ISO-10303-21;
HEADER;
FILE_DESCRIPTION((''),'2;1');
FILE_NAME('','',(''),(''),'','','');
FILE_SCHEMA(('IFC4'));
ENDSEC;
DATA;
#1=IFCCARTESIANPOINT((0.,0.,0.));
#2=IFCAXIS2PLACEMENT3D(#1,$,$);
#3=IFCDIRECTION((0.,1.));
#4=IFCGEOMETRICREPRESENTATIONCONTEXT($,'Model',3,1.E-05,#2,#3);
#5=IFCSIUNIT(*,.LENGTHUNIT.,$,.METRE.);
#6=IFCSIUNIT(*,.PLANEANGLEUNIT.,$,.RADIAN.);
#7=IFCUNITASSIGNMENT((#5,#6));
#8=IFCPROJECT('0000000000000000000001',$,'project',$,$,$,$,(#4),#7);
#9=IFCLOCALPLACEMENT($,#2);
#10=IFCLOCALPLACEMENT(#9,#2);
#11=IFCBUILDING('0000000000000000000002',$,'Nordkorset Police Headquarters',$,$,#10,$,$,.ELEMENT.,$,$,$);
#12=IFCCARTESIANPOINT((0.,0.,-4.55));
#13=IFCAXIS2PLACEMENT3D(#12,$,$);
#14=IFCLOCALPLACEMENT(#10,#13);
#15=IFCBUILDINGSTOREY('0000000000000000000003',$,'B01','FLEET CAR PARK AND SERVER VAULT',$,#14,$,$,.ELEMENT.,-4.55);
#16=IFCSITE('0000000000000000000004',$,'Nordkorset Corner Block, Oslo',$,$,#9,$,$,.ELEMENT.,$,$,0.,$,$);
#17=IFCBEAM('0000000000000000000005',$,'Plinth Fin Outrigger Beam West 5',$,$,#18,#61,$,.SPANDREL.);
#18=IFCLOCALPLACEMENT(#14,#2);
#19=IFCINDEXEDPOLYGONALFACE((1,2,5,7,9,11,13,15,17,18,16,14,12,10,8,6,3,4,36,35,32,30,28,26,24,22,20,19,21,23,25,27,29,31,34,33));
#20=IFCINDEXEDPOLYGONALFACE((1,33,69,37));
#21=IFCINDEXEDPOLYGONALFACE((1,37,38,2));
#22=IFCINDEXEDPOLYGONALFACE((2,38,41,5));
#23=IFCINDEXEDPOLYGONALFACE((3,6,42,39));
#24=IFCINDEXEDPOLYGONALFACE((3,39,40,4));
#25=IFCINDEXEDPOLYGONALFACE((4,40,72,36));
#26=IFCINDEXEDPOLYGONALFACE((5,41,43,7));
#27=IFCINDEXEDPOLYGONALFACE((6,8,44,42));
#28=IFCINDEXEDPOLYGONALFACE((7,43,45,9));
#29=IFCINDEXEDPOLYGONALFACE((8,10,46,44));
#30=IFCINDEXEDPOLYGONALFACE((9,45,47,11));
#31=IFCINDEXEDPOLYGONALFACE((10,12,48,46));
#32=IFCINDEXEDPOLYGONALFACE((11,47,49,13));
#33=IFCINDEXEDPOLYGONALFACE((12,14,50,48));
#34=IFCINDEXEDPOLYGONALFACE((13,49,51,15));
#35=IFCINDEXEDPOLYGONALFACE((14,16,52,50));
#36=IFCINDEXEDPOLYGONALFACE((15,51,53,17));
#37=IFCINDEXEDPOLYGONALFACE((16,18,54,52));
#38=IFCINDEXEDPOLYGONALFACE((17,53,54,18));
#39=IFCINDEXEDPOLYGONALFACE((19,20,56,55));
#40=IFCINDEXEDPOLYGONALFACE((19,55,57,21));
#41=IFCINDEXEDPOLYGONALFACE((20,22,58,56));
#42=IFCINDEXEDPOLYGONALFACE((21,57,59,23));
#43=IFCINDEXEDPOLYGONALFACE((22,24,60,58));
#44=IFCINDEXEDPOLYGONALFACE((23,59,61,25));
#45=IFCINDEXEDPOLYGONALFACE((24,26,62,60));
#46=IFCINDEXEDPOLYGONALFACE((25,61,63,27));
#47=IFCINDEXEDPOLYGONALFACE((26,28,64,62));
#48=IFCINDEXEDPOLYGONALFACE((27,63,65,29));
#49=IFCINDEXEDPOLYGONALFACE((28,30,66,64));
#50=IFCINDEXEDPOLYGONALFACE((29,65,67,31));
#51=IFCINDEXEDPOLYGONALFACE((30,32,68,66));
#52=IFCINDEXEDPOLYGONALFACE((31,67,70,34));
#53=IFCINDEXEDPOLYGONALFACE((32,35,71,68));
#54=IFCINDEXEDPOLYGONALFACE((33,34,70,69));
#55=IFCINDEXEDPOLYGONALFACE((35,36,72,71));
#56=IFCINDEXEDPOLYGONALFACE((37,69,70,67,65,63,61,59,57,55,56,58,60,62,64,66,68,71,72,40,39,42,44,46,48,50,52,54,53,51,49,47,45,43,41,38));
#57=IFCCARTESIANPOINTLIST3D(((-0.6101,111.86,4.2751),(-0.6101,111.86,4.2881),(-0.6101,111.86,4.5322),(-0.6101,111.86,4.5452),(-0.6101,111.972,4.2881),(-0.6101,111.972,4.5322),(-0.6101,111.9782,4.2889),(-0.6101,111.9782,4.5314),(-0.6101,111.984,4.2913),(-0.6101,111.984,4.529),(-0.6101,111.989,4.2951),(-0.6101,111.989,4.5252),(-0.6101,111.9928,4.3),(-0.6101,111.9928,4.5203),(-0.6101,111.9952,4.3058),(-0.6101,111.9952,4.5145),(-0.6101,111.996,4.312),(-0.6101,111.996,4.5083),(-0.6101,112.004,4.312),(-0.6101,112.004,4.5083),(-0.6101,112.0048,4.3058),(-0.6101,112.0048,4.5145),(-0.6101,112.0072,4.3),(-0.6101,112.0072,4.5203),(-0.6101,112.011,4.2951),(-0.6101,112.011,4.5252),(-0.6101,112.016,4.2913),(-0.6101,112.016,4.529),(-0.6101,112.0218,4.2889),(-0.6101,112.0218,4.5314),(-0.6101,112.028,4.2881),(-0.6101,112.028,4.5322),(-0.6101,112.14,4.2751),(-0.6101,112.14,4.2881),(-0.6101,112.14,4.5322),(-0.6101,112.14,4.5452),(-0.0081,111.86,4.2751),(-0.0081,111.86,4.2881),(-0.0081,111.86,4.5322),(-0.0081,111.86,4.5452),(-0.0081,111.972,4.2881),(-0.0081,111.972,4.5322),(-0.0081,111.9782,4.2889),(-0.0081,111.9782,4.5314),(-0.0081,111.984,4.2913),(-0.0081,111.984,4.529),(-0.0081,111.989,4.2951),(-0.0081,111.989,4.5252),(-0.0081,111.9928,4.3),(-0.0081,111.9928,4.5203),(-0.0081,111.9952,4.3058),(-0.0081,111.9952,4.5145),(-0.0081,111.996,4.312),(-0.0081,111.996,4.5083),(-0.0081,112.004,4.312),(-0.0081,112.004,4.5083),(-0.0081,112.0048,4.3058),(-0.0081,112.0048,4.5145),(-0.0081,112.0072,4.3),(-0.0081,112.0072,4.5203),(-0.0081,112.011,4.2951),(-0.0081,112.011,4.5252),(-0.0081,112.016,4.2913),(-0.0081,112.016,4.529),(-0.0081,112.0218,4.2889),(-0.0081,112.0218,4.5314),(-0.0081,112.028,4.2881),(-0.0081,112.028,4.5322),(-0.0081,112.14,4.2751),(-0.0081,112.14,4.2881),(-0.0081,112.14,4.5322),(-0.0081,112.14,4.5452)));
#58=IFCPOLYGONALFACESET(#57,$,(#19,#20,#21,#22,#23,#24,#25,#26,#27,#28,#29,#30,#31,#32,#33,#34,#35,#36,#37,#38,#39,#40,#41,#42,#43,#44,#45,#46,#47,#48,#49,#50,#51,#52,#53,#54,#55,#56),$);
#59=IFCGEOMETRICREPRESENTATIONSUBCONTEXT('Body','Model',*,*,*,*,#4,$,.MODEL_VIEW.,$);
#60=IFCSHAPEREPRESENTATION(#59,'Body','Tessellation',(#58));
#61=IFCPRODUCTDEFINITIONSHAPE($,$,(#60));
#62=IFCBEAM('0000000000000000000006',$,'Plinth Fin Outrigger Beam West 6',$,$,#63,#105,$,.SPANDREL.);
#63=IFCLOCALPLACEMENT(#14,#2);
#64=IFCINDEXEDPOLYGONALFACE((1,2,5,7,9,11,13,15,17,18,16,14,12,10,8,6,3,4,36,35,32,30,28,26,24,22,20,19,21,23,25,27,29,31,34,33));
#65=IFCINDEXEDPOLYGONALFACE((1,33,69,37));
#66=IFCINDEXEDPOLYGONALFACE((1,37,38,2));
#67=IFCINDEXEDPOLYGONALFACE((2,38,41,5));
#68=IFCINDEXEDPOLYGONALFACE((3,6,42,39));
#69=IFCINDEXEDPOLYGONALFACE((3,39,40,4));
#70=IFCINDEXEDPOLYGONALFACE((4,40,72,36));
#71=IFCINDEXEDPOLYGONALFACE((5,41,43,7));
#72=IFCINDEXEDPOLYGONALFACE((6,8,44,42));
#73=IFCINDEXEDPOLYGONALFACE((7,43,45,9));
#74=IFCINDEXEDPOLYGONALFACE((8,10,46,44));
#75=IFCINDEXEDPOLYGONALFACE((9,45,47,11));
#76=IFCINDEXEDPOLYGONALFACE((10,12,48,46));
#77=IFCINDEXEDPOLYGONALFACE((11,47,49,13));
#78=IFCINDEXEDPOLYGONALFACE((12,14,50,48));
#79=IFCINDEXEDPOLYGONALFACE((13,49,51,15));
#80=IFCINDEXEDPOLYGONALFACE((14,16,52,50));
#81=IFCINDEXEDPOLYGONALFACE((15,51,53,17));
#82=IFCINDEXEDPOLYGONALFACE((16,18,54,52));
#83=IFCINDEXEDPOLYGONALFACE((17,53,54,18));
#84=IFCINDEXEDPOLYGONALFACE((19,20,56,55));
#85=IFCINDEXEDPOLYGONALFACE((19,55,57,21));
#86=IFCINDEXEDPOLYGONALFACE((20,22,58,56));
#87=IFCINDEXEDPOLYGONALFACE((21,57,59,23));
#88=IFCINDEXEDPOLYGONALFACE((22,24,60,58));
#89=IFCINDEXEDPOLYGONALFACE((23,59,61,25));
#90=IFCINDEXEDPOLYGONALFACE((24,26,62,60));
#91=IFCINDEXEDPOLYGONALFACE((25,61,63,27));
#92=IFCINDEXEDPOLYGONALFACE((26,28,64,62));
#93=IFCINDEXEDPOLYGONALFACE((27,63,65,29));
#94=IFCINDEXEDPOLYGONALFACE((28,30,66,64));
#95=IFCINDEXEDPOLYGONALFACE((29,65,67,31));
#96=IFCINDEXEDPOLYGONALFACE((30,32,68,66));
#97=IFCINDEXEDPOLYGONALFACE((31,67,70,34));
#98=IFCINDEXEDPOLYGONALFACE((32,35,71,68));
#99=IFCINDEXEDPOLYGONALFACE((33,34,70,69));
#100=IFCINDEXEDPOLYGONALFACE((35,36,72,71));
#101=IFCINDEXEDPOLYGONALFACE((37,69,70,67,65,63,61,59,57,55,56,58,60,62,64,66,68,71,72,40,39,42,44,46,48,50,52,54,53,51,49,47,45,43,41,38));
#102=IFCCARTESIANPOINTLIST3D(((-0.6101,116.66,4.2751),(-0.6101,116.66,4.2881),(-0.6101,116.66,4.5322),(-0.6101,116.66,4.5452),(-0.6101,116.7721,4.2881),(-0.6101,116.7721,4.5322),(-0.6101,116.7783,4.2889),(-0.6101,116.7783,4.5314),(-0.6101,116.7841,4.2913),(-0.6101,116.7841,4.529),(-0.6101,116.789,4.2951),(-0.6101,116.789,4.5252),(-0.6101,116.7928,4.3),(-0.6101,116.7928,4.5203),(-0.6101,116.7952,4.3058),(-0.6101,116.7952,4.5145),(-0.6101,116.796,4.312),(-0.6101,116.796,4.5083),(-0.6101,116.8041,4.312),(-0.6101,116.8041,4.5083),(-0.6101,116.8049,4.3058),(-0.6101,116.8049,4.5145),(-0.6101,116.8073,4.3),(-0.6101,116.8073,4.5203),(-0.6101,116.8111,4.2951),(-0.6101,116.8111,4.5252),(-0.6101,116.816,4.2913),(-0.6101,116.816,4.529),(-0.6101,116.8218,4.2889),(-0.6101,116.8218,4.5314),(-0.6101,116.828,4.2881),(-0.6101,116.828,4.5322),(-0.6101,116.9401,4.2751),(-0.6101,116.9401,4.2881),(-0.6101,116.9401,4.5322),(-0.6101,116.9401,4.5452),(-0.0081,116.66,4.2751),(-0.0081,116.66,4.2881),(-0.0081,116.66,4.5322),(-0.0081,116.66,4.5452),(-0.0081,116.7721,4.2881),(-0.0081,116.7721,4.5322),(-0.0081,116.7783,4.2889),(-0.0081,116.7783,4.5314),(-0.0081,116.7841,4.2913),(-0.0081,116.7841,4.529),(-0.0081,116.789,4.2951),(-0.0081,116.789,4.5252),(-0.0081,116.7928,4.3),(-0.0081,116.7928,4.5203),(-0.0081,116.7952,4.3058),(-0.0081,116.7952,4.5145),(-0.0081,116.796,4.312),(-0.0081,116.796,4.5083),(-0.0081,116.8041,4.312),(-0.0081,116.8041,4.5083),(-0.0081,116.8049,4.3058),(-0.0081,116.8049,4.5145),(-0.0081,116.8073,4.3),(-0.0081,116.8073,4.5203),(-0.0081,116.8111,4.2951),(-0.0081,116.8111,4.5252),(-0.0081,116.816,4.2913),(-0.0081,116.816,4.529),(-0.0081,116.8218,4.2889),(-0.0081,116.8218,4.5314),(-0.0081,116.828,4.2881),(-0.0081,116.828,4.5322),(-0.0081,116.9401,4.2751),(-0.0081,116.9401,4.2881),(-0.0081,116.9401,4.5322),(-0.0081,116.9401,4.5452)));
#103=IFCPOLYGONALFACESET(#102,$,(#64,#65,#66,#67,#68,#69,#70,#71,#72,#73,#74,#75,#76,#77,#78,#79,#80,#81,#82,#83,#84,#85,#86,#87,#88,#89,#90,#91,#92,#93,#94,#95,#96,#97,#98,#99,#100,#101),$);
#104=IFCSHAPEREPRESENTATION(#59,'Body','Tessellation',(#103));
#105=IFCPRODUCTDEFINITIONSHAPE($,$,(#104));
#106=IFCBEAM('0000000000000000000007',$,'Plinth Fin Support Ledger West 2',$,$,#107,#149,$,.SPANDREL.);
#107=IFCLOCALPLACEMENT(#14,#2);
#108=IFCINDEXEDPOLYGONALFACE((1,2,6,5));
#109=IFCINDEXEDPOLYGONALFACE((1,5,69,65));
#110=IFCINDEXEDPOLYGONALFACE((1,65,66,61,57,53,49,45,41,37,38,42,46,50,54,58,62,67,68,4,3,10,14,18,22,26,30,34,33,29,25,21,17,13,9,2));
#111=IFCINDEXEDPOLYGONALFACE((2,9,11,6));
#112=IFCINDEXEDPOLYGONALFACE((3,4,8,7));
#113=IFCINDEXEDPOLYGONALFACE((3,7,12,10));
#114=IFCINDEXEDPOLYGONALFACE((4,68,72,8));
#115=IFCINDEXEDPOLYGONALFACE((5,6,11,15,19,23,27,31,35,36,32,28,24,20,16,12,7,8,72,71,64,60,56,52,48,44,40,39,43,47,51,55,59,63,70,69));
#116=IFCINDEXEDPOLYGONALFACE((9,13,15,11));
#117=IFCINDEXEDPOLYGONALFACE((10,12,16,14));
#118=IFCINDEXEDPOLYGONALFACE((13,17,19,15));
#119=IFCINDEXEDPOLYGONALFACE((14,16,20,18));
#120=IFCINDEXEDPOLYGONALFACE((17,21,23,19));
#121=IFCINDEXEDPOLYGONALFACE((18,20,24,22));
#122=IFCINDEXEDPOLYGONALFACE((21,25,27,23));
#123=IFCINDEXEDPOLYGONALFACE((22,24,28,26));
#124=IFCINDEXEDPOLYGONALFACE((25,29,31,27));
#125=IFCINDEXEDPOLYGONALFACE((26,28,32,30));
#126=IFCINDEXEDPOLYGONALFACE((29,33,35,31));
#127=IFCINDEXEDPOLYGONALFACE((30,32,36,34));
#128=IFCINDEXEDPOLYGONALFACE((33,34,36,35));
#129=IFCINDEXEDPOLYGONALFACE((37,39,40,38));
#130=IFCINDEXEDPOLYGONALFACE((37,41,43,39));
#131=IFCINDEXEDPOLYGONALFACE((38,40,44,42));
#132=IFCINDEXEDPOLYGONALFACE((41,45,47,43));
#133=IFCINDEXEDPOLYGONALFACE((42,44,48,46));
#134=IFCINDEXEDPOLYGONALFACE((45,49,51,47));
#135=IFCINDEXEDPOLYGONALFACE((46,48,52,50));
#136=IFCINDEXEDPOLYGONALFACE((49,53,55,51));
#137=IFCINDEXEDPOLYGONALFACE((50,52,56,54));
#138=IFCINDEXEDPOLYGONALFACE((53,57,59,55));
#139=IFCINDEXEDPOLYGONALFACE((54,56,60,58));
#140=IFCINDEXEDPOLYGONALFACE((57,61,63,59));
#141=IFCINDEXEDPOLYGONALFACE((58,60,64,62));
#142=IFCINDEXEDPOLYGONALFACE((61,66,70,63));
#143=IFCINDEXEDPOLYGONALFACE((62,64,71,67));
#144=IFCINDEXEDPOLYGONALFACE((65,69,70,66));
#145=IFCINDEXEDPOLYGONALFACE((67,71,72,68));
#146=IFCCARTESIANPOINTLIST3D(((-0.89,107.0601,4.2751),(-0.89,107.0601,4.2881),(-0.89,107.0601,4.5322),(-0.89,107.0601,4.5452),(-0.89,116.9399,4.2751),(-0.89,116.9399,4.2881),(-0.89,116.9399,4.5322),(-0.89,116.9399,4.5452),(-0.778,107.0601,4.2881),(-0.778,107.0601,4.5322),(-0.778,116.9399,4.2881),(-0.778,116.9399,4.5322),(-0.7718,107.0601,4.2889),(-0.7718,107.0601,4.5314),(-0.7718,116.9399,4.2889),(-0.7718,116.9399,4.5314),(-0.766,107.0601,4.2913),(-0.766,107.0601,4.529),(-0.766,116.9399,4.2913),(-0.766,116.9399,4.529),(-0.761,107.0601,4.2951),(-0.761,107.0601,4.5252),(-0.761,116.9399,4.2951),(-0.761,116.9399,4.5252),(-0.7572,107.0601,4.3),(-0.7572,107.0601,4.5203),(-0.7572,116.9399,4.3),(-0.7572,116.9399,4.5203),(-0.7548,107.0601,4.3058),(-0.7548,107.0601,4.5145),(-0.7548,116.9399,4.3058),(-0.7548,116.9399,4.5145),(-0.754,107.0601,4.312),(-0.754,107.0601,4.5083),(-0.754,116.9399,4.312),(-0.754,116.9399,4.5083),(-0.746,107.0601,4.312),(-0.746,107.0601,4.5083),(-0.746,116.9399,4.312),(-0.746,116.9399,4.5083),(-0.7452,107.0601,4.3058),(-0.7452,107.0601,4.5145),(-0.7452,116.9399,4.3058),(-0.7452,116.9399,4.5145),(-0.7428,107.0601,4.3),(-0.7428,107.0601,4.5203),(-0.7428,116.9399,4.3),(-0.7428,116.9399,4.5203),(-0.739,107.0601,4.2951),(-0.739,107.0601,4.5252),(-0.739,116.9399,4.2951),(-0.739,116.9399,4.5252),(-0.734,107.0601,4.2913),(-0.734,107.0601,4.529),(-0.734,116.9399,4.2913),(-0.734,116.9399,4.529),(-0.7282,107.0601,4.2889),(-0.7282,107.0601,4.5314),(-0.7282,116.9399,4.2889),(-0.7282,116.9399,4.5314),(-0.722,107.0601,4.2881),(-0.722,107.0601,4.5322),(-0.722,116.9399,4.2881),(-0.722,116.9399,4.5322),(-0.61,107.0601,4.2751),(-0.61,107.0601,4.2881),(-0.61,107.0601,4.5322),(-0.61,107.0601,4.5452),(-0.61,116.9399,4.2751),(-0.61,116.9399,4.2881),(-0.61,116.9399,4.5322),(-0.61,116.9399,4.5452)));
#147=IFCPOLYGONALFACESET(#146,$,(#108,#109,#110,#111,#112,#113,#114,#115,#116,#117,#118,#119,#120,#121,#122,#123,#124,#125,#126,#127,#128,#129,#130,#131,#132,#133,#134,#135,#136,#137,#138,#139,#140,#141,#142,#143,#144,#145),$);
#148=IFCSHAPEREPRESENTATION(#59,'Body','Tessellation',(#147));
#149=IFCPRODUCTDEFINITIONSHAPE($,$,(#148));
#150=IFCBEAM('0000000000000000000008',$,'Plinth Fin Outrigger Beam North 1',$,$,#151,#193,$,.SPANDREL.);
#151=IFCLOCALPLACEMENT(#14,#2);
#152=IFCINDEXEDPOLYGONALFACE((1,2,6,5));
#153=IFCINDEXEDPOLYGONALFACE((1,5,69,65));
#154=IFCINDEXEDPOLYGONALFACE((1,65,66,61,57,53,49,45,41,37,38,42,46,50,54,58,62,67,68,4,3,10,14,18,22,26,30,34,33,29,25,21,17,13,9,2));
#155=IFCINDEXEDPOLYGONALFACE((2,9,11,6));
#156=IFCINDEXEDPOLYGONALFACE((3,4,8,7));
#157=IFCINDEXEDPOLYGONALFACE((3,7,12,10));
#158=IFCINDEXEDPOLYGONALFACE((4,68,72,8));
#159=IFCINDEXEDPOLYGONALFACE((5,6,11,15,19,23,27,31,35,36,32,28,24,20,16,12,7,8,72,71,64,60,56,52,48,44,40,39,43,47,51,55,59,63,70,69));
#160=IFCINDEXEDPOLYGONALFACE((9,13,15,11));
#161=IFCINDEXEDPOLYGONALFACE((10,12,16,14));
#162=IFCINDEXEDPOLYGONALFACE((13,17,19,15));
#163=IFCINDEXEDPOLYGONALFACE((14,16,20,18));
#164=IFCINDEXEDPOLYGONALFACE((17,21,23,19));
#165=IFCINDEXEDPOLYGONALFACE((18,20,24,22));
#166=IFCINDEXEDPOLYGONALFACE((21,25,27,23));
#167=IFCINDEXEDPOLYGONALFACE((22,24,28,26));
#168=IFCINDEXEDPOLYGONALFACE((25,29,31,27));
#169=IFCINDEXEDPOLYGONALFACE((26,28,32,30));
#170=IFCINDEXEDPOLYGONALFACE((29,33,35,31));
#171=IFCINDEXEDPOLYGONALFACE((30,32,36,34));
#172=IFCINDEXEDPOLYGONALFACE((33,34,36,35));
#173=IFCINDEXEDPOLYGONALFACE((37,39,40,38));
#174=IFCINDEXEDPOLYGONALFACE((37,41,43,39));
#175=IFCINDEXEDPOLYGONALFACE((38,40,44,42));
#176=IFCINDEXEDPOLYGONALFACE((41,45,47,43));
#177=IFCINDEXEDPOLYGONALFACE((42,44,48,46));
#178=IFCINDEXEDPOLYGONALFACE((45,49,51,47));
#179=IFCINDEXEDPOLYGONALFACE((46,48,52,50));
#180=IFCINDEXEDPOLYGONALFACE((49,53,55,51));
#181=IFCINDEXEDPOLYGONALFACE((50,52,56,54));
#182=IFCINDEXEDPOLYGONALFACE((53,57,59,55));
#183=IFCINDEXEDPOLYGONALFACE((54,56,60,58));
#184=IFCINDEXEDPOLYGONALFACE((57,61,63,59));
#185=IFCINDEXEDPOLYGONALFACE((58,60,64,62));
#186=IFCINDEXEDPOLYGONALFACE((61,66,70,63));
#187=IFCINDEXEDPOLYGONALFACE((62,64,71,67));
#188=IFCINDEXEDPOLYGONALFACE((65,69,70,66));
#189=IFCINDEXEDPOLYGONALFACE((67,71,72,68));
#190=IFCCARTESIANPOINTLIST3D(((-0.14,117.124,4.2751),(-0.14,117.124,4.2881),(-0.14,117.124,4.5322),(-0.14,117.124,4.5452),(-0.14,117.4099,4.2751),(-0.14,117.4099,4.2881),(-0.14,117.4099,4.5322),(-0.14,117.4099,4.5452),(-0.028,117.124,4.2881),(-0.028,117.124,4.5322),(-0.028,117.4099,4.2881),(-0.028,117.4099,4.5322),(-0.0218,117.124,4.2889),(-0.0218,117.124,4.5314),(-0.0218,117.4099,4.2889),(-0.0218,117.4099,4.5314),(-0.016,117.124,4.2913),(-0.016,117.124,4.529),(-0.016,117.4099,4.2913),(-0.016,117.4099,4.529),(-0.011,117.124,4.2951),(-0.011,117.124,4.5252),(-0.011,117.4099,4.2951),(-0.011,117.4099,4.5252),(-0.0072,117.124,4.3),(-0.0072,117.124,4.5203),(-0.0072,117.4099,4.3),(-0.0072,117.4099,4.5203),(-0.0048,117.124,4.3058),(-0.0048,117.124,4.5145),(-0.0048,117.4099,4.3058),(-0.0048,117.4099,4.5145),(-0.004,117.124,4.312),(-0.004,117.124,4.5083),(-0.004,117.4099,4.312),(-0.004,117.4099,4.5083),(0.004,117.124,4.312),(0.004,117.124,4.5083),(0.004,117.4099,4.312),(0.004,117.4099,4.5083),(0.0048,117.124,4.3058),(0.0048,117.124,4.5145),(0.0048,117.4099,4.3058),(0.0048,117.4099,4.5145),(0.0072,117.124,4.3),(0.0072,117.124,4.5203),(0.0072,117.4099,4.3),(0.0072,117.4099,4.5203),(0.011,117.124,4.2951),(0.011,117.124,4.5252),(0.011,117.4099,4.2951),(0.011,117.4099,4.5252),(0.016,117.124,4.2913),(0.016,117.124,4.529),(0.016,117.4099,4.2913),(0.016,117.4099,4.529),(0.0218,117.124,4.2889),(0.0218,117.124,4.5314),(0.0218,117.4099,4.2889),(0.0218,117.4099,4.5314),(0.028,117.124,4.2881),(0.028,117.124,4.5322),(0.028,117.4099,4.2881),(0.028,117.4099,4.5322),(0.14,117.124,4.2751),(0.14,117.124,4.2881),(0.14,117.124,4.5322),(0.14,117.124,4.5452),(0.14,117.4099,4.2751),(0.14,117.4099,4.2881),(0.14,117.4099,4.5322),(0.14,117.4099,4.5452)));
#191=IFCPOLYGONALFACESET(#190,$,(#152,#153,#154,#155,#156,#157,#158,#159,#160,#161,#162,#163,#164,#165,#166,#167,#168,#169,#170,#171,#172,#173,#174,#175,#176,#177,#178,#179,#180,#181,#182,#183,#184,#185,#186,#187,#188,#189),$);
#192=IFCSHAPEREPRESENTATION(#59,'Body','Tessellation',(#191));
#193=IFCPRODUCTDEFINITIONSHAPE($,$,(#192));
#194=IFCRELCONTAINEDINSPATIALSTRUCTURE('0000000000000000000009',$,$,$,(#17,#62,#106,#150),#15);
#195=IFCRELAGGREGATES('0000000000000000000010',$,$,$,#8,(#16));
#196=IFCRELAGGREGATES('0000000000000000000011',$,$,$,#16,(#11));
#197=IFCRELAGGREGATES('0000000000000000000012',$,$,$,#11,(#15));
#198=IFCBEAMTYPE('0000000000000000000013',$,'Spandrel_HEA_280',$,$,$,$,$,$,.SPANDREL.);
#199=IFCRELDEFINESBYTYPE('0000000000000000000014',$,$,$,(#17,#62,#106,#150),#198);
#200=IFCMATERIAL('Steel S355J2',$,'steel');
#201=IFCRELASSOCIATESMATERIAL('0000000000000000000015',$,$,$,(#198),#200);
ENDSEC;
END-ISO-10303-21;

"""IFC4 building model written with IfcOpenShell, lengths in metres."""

from ifc_helpers import new_model, si_unit, direction, frame, origin, origin_2d, place, context, subcontext, project, spatial, i_section, extrude, material, material_profile, profile_set, type_object, element, save


model = new_model("IFC4")

# Units and contexts
model_context = context("Model", 3, precision=1e-05, world=origin(), true_north=direction((0.0, 1.0)))
body_context = subcontext(model_context, "Body", "Model", "MODEL_VIEW")
ifc_project = project(units=[si_unit("LENGTHUNIT", "METRE"), si_unit("PLANEANGLEUNIT", "RADIAN")], contexts=[model_context])

# Site, building, storey
site_placement = place(None, origin())
site = spatial("IfcSite", under=ifc_project, at=site_placement, Name="Nordkorset Corner Block, Oslo", CompositionType="ELEMENT", RefElevation=0.0)
building_placement = place(site_placement, origin())
building = spatial("IfcBuilding", under=site, at=building_placement, Name="Nordkorset Police Headquarters", CompositionType="ELEMENT")
storey_placement = place(building_placement, frame((0.0, 0.0, -4.55)))
storey = spatial("IfcBuildingStorey", under=building, at=storey_placement, Name="B01", Description="FLEET CAR PARK AND SERVER VAULT", CompositionType="ELEMENT", Elevation=-4.55)

# Beams
ifc_material_1 = material(Name="Steel S355J2", Category="steel")
ifc_material_profile_1 = material_profile(ifc_material_1, i_section(OverallWidth=0.28, OverallDepth=0.27, WebThickness=0.0081, FlangeThickness=0.0129, FilletRadius=0.0239, at=origin_2d()), Name="HEA 280")
ifc_profile_set_1 = profile_set([ifc_material_profile_1], Name="Steel S355J2")
beam_type_1 = type_object("IfcBeamType", Name="Spandrel_HEA_280", PredefinedType="SPANDREL", material=ifc_profile_set_1)
for number, where, z_axis, x_axis, name in (
    (1, (-0.0081, 112.0, 4.4102), (-1.0, 0.0, 0.0), (0.0, -1.0, 0.0), "Plinth Fin Outrigger Beam West 5"),
    (2, (-0.0081, 116.8, 4.4102), (-1.0, 0.0, 0.0), (0.0, -1.0, 0.0), "Plinth Fin Outrigger Beam West 6"),
):
    element("IfcBeam", number, at=place(storey_placement, frame(where, z_axis=z_axis, x_axis=x_axis)), inside=storey, type_object=beam_type_1, Name=name, PredefinedType="SPANDREL", context=body_context, shape_type="SweptSolid", body=[
        extrude(i_section(OverallWidth=0.28, OverallDepth=0.27, WebThickness=0.0081, FlangeThickness=0.0129, FilletRadius=0.0239, at=origin_2d()), origin(), (0.0, 0.0, 1.0), 0.6021),
    ])
beam_1_placement = place(storey_placement, frame((-0.75, 107.0601, 4.4102), z_axis=(0.0, 1.0, 0.0), x_axis=(-1.0, 0.0, 0.0)))
element("IfcBeam", 3, at=beam_1_placement, inside=storey, type_object=beam_type_1, Name="Plinth Fin Support Ledger West 2", PredefinedType="SPANDREL", context=body_context, shape_type="SweptSolid", body=[
    extrude(i_section(OverallWidth=0.28, OverallDepth=0.27, WebThickness=0.0081, FlangeThickness=0.0129, FilletRadius=0.0239, at=origin_2d()), origin(), (0.0, 0.0, 1.0), 9.8799),
])
beam_2_placement = place(storey_placement, frame((0.0, 117.124, 4.4102), z_axis=(0.0, 1.0, 0.0), x_axis=(-1.0, 0.0, 0.0)))
element("IfcBeam", 4, at=beam_2_placement, inside=storey, type_object=beam_type_1, Name="Plinth Fin Outrigger Beam North 1", PredefinedType="SPANDREL", context=body_context, shape_type="SweptSolid", body=[
    extrude(i_section(OverallWidth=0.28, OverallDepth=0.27, WebThickness=0.0081, FlangeThickness=0.0129, FilletRadius=0.0239, at=origin_2d()), origin(), (0.0, 0.0, 1.0), 0.2859),
])

save(model, "model.ifc")
